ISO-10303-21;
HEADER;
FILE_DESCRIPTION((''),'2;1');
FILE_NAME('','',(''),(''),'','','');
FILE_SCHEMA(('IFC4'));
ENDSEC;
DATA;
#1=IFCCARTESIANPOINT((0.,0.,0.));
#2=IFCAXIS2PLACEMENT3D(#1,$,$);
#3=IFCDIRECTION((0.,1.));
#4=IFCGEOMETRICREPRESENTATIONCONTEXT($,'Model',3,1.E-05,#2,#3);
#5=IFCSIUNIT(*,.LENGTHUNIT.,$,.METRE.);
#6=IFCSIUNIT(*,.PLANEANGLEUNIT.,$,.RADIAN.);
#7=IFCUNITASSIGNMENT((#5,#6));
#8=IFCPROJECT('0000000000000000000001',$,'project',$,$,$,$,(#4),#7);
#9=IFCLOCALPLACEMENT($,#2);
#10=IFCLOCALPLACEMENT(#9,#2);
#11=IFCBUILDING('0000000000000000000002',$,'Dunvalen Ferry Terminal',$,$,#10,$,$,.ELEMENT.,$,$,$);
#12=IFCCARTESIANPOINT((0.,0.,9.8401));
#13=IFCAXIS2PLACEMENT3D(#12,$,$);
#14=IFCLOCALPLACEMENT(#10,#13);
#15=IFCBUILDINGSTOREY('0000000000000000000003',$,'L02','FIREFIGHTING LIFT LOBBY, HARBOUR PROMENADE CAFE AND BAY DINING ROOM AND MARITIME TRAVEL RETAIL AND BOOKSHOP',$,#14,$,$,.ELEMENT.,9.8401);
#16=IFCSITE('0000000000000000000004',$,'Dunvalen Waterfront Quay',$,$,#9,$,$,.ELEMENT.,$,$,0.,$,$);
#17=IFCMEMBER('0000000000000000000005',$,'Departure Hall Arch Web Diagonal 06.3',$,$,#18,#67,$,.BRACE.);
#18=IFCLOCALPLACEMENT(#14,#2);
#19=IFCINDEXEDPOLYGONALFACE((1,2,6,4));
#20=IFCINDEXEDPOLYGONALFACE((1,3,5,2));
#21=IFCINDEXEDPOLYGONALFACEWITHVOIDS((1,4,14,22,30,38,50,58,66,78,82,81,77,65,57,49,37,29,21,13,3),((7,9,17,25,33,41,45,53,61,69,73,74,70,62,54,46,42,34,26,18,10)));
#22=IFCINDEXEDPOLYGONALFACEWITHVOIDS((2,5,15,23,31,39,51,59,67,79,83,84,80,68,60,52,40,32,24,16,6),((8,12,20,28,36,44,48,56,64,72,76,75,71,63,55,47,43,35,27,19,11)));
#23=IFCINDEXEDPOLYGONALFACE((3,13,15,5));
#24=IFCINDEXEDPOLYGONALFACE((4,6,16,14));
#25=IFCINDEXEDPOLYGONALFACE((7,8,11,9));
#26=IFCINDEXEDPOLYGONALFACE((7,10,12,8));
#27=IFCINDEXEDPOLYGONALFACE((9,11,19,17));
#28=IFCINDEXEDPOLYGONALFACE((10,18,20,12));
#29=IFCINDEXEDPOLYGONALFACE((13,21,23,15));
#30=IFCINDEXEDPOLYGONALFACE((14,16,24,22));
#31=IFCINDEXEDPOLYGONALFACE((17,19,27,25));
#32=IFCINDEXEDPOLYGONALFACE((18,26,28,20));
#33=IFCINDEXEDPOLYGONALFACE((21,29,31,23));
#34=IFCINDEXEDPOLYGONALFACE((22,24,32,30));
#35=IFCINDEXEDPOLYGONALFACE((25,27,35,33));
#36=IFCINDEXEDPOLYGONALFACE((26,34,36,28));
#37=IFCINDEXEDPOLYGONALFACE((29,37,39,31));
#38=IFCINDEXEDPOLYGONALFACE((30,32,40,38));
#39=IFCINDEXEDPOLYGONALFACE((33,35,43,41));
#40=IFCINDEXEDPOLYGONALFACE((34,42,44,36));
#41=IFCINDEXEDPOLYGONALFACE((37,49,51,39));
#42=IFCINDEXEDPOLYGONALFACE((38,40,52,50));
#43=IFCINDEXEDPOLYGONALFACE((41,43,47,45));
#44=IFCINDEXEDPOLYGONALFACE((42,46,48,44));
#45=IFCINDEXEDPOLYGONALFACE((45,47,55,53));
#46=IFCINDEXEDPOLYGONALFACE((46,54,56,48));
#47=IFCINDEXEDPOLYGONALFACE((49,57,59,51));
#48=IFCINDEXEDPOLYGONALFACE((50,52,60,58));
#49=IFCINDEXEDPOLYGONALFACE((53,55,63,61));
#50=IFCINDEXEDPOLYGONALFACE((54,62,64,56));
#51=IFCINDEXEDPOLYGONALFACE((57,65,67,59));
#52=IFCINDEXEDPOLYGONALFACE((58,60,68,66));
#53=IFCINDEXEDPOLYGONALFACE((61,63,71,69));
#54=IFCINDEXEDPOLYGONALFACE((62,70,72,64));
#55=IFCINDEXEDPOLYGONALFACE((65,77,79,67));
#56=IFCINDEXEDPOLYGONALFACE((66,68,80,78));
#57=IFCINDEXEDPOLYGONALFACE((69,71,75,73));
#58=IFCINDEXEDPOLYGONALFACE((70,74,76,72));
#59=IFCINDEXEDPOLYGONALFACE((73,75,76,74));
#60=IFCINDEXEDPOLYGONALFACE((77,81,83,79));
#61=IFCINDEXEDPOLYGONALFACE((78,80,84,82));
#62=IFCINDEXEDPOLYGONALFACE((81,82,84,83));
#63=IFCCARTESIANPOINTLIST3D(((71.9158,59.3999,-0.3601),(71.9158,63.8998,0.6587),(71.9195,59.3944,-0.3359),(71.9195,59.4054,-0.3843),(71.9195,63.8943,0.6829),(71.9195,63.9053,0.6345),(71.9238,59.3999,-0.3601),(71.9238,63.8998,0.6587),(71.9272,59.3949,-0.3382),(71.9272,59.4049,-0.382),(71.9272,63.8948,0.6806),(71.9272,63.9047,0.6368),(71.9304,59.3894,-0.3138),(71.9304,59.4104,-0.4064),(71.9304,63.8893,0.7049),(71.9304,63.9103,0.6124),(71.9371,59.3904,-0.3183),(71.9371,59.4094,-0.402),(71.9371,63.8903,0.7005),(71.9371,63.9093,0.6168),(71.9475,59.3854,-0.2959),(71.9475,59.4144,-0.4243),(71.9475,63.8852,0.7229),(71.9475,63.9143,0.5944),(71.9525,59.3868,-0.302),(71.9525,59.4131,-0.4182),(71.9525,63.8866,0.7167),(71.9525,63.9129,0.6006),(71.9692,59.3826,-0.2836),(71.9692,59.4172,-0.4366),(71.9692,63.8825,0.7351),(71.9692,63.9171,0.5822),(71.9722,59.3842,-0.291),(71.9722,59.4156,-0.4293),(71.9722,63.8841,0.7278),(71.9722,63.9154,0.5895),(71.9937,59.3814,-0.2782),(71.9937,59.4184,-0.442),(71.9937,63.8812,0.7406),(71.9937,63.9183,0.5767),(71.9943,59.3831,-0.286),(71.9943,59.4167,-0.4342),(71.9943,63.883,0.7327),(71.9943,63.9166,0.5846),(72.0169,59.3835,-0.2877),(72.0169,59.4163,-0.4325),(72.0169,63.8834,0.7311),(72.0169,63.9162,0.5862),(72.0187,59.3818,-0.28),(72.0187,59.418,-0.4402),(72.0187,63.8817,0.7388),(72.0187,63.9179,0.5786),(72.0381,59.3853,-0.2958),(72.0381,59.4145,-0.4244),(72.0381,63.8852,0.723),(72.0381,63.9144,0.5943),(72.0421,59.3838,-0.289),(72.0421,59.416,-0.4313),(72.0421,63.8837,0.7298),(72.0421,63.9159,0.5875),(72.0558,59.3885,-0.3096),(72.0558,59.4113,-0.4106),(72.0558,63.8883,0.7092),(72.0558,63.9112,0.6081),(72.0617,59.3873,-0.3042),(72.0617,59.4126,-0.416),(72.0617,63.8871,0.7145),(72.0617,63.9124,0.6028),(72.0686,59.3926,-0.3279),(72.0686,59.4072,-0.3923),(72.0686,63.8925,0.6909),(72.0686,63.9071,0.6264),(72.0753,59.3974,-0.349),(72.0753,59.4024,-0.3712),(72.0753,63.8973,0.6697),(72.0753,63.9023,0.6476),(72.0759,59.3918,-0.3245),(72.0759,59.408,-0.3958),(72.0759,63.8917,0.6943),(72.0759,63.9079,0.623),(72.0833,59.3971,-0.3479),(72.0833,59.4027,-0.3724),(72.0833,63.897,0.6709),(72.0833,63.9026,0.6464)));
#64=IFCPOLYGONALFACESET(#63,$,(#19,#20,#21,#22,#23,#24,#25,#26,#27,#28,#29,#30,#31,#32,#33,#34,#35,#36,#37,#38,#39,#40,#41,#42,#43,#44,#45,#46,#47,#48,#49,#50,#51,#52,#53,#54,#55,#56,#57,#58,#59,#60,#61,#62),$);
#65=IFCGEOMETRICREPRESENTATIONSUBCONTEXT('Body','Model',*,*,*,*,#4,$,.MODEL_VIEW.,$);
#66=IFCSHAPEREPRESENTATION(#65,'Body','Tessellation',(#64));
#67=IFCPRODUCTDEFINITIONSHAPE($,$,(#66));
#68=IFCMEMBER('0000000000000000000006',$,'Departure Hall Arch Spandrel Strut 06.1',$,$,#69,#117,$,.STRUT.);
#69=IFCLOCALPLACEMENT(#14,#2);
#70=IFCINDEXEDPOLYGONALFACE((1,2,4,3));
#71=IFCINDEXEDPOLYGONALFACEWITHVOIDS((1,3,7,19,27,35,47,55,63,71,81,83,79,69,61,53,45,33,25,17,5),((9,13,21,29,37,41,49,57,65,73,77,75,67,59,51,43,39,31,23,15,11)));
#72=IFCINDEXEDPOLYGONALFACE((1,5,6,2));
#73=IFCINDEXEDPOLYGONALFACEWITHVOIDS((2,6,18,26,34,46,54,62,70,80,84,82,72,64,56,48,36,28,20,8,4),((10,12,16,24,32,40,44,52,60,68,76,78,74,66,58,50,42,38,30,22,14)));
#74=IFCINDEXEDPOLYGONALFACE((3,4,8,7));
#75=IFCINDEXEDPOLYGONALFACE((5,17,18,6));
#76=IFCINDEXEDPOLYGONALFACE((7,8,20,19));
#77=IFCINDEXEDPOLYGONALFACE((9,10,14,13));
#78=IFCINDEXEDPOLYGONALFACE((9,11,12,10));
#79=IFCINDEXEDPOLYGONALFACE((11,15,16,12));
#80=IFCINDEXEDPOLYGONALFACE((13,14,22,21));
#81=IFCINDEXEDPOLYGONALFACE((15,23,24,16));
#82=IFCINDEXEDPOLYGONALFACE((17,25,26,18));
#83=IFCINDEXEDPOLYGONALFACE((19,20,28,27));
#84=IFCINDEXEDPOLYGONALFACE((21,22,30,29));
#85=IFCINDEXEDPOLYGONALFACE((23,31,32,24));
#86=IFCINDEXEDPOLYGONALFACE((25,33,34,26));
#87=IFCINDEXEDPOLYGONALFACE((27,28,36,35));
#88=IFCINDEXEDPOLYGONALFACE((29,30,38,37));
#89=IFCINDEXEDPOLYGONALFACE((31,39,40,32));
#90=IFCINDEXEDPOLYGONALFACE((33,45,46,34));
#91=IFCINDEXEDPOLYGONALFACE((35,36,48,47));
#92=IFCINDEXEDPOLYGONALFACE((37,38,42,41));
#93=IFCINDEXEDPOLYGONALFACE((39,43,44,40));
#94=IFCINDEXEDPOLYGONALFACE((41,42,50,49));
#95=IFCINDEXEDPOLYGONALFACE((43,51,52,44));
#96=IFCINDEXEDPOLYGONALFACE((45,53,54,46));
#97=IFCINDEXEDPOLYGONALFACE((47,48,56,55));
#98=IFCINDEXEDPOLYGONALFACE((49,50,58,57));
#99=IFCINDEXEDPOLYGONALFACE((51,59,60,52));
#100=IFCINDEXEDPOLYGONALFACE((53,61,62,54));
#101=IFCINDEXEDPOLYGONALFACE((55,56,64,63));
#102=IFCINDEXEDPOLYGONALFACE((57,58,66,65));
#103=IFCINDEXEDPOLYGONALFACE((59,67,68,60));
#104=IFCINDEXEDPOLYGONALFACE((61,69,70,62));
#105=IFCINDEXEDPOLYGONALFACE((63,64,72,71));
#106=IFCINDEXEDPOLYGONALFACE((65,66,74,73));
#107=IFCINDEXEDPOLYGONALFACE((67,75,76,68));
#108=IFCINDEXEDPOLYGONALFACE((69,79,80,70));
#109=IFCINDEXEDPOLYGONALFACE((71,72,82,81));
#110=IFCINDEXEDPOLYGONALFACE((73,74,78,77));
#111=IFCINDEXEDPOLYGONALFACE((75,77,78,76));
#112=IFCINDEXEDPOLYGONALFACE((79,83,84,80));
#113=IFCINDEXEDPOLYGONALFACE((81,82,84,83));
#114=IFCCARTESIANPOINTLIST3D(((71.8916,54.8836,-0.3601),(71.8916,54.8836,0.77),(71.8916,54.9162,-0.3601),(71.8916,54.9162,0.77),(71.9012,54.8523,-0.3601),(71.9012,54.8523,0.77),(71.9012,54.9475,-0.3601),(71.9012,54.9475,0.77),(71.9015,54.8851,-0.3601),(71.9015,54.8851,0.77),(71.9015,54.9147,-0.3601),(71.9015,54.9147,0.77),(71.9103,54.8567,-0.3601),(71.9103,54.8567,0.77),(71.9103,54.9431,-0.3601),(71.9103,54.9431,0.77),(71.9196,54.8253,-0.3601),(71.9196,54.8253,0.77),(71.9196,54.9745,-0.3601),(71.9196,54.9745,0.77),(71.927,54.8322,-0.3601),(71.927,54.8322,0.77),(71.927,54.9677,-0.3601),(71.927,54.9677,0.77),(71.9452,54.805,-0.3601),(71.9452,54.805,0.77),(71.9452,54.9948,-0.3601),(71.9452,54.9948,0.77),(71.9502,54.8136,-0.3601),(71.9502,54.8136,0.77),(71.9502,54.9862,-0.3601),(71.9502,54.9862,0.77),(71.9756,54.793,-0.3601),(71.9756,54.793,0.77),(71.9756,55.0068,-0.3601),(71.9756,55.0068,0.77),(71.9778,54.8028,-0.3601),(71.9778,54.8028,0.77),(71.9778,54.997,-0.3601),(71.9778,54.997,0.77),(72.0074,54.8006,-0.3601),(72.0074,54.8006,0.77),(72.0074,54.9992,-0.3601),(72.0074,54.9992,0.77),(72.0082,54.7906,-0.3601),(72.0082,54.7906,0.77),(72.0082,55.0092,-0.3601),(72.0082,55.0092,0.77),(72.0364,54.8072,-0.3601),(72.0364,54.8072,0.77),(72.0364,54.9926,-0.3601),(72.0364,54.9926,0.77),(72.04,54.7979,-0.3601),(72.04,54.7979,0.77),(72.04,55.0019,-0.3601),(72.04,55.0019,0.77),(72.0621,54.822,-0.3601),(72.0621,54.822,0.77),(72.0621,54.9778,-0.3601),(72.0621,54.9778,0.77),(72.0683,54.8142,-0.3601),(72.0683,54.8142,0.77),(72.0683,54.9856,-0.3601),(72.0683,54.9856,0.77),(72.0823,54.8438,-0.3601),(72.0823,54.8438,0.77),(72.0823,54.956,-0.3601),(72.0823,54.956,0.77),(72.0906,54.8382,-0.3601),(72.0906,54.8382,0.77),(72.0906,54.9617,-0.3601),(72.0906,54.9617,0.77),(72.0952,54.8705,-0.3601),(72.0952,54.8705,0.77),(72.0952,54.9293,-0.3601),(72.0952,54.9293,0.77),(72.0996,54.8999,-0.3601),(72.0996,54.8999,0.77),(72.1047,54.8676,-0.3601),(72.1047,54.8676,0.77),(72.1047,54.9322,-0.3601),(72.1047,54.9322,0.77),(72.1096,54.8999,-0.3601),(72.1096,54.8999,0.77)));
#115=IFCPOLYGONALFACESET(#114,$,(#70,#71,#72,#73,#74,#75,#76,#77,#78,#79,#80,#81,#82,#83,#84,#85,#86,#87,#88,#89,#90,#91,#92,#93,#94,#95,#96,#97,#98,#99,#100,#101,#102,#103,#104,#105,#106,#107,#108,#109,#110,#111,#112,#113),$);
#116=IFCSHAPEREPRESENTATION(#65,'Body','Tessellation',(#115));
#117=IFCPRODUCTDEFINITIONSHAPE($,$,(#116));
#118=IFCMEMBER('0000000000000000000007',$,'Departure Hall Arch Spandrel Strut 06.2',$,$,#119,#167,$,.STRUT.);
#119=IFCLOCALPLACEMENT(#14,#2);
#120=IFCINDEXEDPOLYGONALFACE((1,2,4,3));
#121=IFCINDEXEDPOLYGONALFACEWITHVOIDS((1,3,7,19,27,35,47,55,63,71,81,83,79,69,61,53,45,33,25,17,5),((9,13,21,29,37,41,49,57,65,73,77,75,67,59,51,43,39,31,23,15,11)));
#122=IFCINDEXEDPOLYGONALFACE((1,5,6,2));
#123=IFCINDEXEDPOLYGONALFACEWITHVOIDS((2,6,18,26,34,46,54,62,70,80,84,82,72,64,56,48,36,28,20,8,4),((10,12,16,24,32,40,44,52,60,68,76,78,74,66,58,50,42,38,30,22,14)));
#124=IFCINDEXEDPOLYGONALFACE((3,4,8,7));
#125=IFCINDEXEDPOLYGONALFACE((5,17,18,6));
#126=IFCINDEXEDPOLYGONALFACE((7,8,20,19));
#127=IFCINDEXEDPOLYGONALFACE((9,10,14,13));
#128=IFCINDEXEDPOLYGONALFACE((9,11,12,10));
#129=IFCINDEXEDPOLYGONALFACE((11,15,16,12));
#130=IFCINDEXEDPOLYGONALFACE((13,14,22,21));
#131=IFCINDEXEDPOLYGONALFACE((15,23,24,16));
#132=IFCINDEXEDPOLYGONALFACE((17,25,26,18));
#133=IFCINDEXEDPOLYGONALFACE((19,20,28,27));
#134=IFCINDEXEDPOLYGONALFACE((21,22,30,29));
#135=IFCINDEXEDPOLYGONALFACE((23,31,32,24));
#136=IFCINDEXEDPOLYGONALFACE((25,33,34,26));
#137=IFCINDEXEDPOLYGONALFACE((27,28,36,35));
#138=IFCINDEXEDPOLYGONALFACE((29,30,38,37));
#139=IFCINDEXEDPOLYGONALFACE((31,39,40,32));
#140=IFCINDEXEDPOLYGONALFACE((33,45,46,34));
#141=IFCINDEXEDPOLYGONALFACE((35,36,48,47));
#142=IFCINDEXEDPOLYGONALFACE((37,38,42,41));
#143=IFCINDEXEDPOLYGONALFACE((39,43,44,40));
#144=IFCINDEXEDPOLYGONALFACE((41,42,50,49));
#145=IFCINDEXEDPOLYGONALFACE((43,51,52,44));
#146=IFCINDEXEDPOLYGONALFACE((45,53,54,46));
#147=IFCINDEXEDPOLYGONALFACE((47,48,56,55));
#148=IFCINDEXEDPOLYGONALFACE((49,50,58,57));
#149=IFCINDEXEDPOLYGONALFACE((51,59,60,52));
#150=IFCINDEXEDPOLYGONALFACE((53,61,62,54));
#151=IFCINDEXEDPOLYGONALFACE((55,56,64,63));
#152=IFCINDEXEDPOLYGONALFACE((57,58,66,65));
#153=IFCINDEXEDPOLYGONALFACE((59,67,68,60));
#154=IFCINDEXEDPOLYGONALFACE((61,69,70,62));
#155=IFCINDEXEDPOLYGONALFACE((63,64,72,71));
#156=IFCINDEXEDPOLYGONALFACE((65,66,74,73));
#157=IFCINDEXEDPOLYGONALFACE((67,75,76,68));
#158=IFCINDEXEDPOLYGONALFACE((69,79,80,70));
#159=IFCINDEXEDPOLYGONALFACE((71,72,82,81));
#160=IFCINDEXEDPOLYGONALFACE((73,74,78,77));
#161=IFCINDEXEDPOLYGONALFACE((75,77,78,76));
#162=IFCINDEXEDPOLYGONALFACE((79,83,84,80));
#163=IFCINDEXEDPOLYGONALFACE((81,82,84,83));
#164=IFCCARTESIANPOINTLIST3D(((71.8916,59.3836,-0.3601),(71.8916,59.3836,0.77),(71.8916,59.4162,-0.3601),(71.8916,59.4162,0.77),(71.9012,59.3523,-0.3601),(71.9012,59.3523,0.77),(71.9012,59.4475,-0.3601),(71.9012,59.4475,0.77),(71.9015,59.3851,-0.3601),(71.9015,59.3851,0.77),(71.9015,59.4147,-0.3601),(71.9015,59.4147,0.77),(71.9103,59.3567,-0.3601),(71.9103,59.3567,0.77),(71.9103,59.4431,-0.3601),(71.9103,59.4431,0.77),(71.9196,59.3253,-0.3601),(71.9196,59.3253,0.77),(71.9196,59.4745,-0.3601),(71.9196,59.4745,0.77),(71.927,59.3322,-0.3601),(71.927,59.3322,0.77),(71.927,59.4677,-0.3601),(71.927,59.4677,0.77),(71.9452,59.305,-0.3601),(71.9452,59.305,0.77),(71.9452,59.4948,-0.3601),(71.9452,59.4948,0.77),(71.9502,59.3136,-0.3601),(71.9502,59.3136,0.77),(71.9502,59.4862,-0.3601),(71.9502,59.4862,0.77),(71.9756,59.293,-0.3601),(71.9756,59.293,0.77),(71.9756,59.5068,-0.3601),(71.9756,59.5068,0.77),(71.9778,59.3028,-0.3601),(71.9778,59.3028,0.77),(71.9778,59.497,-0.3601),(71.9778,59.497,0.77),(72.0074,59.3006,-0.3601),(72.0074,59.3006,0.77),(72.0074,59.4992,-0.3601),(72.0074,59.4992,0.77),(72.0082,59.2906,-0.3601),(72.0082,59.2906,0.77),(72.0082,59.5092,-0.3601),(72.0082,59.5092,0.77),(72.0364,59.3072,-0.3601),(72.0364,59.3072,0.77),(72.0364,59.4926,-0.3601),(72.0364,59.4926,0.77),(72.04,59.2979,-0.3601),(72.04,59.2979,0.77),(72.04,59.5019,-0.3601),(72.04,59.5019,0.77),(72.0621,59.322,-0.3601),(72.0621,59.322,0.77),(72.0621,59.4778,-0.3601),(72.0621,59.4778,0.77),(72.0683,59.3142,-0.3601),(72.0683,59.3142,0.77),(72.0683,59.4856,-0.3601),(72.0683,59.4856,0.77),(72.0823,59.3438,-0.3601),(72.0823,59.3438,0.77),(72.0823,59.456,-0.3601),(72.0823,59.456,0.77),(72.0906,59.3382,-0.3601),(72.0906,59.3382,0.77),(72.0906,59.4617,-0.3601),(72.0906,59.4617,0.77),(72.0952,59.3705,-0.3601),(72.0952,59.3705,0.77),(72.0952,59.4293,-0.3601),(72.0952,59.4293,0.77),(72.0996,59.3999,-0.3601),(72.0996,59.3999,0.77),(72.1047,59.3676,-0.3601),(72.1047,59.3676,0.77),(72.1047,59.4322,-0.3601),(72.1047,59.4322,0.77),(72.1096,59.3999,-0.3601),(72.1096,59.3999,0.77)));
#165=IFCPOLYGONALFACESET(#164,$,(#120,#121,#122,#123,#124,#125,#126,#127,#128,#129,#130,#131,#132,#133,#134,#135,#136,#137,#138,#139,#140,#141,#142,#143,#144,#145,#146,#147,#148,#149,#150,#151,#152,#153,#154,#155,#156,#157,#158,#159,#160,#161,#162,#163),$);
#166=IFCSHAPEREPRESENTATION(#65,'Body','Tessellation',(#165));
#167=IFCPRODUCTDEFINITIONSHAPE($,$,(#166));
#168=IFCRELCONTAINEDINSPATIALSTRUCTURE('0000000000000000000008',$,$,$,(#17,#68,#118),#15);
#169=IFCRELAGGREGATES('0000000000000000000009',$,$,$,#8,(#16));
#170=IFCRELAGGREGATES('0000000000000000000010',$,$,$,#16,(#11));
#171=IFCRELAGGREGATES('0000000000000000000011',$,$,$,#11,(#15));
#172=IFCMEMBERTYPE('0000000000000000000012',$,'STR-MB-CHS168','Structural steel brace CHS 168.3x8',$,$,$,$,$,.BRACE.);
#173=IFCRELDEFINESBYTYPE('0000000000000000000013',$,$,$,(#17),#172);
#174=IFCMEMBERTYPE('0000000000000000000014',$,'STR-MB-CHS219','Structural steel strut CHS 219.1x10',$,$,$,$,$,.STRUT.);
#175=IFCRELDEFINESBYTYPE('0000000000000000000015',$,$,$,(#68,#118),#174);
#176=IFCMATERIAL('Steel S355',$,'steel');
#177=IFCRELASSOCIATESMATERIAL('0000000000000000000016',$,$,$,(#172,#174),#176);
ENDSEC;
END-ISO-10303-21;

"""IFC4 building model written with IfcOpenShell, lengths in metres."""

from ifc_helpers import new_model, si_unit, direction, frame, origin, origin_2d, place, context, subcontext, project, spatial, hollow_circle, extrude, material, material_profile, profile_set, type_object, element, save


model = new_model("IFC4")

# Units and contexts
model_context = context("Model", 3, precision=1e-05, world=origin(), true_north=direction((0.0, 1.0)))
body_context = subcontext(model_context, "Body", "Model", "MODEL_VIEW")
ifc_project = project(units=[si_unit("LENGTHUNIT", "METRE"), si_unit("PLANEANGLEUNIT", "RADIAN")], contexts=[model_context])

# Site, building, storey
site_placement = place(None, origin())
site = spatial("IfcSite", under=ifc_project, at=site_placement, Name="Dunvalen Waterfront Quay", CompositionType="ELEMENT", RefElevation=0.0)
building_placement = place(site_placement, origin())
building = spatial("IfcBuilding", under=site, at=building_placement, Name="Dunvalen Ferry Terminal", CompositionType="ELEMENT")
storey_placement = place(building_placement, frame((0.0, 0.0, 9.8401)))
storey = spatial("IfcBuildingStorey", under=building, at=storey_placement, Name="L02", Description="FIREFIGHTING LIFT LOBBY, HARBOUR PROMENADE CAFE AND BAY DINING ROOM AND MARITIME TRAVEL RETAIL AND BOOKSHOP", CompositionType="ELEMENT", Elevation=9.8401)

# Shared definitions
ifc_material_1 = material(Name="Steel S355", Category="steel")

# Members
ifc_material_profile_1 = material_profile(ifc_material_1, hollow_circle(Radius=0.0842, WallThickness=0.0081, at=origin_2d()), Name="Steel S355")
ifc_profile_set_1 = profile_set([ifc_material_profile_1], Name="Steel S355")
member_type_1 = type_object("IfcMemberType", Name="STR-MB-CHS168", Description="Structural steel brace CHS 168.3x8", PredefinedType="BRACE", material=ifc_profile_set_1)
member_1_placement = place(storey_placement, frame((72.0, 59.3999, -0.3601), z_axis=(0.0, 0.975317, 0.220811), x_axis=(-1.0, 0.0, 0.0)))
element("IfcMember", 1, at=member_1_placement, inside=storey, type_object=member_type_1, Name="Departure Hall Arch Web Diagonal 06.3", PredefinedType="BRACE", context=body_context, shape_type="SweptSolid", body=[
    extrude(hollow_circle(Radius=0.0842, WallThickness=0.0081, at=origin_2d()), origin(), (0.0, 0.0, 1.0), 4.6138),
])
ifc_material_profile_2 = material_profile(ifc_material_1, hollow_circle(Radius=0.1096, WallThickness=0.01, at=origin_2d()), Name="Steel S355")
ifc_profile_set_2 = profile_set([ifc_material_profile_2], Name="Steel S355")
member_type_2 = type_object("IfcMemberType", Name="STR-MB-CHS219", Description="Structural steel strut CHS 219.1x10", PredefinedType="STRUT", material=ifc_profile_set_2)
for number, where, z_axis, x_axis, name in (
    (2, (72.0, 54.8999, -0.3601), (0.0, 0.0, 1.0), (1.0, 0.0, 0.0), "Departure Hall Arch Spandrel Strut 06.1"),
    (3, (72.0, 59.3999, -0.3601), (0.0, 0.0, 1.0), (1.0, 0.0, 0.0), "Departure Hall Arch Spandrel Strut 06.2"),
):
    element("IfcMember", number, at=place(storey_placement, frame(where, z_axis=z_axis, x_axis=x_axis)), inside=storey, type_object=member_type_2, Name=name, PredefinedType="STRUT", context=body_context, shape_type="SweptSolid", body=[
        extrude(hollow_circle(Radius=0.1096, WallThickness=0.01, at=origin_2d()), origin(), (0.0, 0.0, 1.0), 1.1301),
    ])

save(model, "model.ifc")
